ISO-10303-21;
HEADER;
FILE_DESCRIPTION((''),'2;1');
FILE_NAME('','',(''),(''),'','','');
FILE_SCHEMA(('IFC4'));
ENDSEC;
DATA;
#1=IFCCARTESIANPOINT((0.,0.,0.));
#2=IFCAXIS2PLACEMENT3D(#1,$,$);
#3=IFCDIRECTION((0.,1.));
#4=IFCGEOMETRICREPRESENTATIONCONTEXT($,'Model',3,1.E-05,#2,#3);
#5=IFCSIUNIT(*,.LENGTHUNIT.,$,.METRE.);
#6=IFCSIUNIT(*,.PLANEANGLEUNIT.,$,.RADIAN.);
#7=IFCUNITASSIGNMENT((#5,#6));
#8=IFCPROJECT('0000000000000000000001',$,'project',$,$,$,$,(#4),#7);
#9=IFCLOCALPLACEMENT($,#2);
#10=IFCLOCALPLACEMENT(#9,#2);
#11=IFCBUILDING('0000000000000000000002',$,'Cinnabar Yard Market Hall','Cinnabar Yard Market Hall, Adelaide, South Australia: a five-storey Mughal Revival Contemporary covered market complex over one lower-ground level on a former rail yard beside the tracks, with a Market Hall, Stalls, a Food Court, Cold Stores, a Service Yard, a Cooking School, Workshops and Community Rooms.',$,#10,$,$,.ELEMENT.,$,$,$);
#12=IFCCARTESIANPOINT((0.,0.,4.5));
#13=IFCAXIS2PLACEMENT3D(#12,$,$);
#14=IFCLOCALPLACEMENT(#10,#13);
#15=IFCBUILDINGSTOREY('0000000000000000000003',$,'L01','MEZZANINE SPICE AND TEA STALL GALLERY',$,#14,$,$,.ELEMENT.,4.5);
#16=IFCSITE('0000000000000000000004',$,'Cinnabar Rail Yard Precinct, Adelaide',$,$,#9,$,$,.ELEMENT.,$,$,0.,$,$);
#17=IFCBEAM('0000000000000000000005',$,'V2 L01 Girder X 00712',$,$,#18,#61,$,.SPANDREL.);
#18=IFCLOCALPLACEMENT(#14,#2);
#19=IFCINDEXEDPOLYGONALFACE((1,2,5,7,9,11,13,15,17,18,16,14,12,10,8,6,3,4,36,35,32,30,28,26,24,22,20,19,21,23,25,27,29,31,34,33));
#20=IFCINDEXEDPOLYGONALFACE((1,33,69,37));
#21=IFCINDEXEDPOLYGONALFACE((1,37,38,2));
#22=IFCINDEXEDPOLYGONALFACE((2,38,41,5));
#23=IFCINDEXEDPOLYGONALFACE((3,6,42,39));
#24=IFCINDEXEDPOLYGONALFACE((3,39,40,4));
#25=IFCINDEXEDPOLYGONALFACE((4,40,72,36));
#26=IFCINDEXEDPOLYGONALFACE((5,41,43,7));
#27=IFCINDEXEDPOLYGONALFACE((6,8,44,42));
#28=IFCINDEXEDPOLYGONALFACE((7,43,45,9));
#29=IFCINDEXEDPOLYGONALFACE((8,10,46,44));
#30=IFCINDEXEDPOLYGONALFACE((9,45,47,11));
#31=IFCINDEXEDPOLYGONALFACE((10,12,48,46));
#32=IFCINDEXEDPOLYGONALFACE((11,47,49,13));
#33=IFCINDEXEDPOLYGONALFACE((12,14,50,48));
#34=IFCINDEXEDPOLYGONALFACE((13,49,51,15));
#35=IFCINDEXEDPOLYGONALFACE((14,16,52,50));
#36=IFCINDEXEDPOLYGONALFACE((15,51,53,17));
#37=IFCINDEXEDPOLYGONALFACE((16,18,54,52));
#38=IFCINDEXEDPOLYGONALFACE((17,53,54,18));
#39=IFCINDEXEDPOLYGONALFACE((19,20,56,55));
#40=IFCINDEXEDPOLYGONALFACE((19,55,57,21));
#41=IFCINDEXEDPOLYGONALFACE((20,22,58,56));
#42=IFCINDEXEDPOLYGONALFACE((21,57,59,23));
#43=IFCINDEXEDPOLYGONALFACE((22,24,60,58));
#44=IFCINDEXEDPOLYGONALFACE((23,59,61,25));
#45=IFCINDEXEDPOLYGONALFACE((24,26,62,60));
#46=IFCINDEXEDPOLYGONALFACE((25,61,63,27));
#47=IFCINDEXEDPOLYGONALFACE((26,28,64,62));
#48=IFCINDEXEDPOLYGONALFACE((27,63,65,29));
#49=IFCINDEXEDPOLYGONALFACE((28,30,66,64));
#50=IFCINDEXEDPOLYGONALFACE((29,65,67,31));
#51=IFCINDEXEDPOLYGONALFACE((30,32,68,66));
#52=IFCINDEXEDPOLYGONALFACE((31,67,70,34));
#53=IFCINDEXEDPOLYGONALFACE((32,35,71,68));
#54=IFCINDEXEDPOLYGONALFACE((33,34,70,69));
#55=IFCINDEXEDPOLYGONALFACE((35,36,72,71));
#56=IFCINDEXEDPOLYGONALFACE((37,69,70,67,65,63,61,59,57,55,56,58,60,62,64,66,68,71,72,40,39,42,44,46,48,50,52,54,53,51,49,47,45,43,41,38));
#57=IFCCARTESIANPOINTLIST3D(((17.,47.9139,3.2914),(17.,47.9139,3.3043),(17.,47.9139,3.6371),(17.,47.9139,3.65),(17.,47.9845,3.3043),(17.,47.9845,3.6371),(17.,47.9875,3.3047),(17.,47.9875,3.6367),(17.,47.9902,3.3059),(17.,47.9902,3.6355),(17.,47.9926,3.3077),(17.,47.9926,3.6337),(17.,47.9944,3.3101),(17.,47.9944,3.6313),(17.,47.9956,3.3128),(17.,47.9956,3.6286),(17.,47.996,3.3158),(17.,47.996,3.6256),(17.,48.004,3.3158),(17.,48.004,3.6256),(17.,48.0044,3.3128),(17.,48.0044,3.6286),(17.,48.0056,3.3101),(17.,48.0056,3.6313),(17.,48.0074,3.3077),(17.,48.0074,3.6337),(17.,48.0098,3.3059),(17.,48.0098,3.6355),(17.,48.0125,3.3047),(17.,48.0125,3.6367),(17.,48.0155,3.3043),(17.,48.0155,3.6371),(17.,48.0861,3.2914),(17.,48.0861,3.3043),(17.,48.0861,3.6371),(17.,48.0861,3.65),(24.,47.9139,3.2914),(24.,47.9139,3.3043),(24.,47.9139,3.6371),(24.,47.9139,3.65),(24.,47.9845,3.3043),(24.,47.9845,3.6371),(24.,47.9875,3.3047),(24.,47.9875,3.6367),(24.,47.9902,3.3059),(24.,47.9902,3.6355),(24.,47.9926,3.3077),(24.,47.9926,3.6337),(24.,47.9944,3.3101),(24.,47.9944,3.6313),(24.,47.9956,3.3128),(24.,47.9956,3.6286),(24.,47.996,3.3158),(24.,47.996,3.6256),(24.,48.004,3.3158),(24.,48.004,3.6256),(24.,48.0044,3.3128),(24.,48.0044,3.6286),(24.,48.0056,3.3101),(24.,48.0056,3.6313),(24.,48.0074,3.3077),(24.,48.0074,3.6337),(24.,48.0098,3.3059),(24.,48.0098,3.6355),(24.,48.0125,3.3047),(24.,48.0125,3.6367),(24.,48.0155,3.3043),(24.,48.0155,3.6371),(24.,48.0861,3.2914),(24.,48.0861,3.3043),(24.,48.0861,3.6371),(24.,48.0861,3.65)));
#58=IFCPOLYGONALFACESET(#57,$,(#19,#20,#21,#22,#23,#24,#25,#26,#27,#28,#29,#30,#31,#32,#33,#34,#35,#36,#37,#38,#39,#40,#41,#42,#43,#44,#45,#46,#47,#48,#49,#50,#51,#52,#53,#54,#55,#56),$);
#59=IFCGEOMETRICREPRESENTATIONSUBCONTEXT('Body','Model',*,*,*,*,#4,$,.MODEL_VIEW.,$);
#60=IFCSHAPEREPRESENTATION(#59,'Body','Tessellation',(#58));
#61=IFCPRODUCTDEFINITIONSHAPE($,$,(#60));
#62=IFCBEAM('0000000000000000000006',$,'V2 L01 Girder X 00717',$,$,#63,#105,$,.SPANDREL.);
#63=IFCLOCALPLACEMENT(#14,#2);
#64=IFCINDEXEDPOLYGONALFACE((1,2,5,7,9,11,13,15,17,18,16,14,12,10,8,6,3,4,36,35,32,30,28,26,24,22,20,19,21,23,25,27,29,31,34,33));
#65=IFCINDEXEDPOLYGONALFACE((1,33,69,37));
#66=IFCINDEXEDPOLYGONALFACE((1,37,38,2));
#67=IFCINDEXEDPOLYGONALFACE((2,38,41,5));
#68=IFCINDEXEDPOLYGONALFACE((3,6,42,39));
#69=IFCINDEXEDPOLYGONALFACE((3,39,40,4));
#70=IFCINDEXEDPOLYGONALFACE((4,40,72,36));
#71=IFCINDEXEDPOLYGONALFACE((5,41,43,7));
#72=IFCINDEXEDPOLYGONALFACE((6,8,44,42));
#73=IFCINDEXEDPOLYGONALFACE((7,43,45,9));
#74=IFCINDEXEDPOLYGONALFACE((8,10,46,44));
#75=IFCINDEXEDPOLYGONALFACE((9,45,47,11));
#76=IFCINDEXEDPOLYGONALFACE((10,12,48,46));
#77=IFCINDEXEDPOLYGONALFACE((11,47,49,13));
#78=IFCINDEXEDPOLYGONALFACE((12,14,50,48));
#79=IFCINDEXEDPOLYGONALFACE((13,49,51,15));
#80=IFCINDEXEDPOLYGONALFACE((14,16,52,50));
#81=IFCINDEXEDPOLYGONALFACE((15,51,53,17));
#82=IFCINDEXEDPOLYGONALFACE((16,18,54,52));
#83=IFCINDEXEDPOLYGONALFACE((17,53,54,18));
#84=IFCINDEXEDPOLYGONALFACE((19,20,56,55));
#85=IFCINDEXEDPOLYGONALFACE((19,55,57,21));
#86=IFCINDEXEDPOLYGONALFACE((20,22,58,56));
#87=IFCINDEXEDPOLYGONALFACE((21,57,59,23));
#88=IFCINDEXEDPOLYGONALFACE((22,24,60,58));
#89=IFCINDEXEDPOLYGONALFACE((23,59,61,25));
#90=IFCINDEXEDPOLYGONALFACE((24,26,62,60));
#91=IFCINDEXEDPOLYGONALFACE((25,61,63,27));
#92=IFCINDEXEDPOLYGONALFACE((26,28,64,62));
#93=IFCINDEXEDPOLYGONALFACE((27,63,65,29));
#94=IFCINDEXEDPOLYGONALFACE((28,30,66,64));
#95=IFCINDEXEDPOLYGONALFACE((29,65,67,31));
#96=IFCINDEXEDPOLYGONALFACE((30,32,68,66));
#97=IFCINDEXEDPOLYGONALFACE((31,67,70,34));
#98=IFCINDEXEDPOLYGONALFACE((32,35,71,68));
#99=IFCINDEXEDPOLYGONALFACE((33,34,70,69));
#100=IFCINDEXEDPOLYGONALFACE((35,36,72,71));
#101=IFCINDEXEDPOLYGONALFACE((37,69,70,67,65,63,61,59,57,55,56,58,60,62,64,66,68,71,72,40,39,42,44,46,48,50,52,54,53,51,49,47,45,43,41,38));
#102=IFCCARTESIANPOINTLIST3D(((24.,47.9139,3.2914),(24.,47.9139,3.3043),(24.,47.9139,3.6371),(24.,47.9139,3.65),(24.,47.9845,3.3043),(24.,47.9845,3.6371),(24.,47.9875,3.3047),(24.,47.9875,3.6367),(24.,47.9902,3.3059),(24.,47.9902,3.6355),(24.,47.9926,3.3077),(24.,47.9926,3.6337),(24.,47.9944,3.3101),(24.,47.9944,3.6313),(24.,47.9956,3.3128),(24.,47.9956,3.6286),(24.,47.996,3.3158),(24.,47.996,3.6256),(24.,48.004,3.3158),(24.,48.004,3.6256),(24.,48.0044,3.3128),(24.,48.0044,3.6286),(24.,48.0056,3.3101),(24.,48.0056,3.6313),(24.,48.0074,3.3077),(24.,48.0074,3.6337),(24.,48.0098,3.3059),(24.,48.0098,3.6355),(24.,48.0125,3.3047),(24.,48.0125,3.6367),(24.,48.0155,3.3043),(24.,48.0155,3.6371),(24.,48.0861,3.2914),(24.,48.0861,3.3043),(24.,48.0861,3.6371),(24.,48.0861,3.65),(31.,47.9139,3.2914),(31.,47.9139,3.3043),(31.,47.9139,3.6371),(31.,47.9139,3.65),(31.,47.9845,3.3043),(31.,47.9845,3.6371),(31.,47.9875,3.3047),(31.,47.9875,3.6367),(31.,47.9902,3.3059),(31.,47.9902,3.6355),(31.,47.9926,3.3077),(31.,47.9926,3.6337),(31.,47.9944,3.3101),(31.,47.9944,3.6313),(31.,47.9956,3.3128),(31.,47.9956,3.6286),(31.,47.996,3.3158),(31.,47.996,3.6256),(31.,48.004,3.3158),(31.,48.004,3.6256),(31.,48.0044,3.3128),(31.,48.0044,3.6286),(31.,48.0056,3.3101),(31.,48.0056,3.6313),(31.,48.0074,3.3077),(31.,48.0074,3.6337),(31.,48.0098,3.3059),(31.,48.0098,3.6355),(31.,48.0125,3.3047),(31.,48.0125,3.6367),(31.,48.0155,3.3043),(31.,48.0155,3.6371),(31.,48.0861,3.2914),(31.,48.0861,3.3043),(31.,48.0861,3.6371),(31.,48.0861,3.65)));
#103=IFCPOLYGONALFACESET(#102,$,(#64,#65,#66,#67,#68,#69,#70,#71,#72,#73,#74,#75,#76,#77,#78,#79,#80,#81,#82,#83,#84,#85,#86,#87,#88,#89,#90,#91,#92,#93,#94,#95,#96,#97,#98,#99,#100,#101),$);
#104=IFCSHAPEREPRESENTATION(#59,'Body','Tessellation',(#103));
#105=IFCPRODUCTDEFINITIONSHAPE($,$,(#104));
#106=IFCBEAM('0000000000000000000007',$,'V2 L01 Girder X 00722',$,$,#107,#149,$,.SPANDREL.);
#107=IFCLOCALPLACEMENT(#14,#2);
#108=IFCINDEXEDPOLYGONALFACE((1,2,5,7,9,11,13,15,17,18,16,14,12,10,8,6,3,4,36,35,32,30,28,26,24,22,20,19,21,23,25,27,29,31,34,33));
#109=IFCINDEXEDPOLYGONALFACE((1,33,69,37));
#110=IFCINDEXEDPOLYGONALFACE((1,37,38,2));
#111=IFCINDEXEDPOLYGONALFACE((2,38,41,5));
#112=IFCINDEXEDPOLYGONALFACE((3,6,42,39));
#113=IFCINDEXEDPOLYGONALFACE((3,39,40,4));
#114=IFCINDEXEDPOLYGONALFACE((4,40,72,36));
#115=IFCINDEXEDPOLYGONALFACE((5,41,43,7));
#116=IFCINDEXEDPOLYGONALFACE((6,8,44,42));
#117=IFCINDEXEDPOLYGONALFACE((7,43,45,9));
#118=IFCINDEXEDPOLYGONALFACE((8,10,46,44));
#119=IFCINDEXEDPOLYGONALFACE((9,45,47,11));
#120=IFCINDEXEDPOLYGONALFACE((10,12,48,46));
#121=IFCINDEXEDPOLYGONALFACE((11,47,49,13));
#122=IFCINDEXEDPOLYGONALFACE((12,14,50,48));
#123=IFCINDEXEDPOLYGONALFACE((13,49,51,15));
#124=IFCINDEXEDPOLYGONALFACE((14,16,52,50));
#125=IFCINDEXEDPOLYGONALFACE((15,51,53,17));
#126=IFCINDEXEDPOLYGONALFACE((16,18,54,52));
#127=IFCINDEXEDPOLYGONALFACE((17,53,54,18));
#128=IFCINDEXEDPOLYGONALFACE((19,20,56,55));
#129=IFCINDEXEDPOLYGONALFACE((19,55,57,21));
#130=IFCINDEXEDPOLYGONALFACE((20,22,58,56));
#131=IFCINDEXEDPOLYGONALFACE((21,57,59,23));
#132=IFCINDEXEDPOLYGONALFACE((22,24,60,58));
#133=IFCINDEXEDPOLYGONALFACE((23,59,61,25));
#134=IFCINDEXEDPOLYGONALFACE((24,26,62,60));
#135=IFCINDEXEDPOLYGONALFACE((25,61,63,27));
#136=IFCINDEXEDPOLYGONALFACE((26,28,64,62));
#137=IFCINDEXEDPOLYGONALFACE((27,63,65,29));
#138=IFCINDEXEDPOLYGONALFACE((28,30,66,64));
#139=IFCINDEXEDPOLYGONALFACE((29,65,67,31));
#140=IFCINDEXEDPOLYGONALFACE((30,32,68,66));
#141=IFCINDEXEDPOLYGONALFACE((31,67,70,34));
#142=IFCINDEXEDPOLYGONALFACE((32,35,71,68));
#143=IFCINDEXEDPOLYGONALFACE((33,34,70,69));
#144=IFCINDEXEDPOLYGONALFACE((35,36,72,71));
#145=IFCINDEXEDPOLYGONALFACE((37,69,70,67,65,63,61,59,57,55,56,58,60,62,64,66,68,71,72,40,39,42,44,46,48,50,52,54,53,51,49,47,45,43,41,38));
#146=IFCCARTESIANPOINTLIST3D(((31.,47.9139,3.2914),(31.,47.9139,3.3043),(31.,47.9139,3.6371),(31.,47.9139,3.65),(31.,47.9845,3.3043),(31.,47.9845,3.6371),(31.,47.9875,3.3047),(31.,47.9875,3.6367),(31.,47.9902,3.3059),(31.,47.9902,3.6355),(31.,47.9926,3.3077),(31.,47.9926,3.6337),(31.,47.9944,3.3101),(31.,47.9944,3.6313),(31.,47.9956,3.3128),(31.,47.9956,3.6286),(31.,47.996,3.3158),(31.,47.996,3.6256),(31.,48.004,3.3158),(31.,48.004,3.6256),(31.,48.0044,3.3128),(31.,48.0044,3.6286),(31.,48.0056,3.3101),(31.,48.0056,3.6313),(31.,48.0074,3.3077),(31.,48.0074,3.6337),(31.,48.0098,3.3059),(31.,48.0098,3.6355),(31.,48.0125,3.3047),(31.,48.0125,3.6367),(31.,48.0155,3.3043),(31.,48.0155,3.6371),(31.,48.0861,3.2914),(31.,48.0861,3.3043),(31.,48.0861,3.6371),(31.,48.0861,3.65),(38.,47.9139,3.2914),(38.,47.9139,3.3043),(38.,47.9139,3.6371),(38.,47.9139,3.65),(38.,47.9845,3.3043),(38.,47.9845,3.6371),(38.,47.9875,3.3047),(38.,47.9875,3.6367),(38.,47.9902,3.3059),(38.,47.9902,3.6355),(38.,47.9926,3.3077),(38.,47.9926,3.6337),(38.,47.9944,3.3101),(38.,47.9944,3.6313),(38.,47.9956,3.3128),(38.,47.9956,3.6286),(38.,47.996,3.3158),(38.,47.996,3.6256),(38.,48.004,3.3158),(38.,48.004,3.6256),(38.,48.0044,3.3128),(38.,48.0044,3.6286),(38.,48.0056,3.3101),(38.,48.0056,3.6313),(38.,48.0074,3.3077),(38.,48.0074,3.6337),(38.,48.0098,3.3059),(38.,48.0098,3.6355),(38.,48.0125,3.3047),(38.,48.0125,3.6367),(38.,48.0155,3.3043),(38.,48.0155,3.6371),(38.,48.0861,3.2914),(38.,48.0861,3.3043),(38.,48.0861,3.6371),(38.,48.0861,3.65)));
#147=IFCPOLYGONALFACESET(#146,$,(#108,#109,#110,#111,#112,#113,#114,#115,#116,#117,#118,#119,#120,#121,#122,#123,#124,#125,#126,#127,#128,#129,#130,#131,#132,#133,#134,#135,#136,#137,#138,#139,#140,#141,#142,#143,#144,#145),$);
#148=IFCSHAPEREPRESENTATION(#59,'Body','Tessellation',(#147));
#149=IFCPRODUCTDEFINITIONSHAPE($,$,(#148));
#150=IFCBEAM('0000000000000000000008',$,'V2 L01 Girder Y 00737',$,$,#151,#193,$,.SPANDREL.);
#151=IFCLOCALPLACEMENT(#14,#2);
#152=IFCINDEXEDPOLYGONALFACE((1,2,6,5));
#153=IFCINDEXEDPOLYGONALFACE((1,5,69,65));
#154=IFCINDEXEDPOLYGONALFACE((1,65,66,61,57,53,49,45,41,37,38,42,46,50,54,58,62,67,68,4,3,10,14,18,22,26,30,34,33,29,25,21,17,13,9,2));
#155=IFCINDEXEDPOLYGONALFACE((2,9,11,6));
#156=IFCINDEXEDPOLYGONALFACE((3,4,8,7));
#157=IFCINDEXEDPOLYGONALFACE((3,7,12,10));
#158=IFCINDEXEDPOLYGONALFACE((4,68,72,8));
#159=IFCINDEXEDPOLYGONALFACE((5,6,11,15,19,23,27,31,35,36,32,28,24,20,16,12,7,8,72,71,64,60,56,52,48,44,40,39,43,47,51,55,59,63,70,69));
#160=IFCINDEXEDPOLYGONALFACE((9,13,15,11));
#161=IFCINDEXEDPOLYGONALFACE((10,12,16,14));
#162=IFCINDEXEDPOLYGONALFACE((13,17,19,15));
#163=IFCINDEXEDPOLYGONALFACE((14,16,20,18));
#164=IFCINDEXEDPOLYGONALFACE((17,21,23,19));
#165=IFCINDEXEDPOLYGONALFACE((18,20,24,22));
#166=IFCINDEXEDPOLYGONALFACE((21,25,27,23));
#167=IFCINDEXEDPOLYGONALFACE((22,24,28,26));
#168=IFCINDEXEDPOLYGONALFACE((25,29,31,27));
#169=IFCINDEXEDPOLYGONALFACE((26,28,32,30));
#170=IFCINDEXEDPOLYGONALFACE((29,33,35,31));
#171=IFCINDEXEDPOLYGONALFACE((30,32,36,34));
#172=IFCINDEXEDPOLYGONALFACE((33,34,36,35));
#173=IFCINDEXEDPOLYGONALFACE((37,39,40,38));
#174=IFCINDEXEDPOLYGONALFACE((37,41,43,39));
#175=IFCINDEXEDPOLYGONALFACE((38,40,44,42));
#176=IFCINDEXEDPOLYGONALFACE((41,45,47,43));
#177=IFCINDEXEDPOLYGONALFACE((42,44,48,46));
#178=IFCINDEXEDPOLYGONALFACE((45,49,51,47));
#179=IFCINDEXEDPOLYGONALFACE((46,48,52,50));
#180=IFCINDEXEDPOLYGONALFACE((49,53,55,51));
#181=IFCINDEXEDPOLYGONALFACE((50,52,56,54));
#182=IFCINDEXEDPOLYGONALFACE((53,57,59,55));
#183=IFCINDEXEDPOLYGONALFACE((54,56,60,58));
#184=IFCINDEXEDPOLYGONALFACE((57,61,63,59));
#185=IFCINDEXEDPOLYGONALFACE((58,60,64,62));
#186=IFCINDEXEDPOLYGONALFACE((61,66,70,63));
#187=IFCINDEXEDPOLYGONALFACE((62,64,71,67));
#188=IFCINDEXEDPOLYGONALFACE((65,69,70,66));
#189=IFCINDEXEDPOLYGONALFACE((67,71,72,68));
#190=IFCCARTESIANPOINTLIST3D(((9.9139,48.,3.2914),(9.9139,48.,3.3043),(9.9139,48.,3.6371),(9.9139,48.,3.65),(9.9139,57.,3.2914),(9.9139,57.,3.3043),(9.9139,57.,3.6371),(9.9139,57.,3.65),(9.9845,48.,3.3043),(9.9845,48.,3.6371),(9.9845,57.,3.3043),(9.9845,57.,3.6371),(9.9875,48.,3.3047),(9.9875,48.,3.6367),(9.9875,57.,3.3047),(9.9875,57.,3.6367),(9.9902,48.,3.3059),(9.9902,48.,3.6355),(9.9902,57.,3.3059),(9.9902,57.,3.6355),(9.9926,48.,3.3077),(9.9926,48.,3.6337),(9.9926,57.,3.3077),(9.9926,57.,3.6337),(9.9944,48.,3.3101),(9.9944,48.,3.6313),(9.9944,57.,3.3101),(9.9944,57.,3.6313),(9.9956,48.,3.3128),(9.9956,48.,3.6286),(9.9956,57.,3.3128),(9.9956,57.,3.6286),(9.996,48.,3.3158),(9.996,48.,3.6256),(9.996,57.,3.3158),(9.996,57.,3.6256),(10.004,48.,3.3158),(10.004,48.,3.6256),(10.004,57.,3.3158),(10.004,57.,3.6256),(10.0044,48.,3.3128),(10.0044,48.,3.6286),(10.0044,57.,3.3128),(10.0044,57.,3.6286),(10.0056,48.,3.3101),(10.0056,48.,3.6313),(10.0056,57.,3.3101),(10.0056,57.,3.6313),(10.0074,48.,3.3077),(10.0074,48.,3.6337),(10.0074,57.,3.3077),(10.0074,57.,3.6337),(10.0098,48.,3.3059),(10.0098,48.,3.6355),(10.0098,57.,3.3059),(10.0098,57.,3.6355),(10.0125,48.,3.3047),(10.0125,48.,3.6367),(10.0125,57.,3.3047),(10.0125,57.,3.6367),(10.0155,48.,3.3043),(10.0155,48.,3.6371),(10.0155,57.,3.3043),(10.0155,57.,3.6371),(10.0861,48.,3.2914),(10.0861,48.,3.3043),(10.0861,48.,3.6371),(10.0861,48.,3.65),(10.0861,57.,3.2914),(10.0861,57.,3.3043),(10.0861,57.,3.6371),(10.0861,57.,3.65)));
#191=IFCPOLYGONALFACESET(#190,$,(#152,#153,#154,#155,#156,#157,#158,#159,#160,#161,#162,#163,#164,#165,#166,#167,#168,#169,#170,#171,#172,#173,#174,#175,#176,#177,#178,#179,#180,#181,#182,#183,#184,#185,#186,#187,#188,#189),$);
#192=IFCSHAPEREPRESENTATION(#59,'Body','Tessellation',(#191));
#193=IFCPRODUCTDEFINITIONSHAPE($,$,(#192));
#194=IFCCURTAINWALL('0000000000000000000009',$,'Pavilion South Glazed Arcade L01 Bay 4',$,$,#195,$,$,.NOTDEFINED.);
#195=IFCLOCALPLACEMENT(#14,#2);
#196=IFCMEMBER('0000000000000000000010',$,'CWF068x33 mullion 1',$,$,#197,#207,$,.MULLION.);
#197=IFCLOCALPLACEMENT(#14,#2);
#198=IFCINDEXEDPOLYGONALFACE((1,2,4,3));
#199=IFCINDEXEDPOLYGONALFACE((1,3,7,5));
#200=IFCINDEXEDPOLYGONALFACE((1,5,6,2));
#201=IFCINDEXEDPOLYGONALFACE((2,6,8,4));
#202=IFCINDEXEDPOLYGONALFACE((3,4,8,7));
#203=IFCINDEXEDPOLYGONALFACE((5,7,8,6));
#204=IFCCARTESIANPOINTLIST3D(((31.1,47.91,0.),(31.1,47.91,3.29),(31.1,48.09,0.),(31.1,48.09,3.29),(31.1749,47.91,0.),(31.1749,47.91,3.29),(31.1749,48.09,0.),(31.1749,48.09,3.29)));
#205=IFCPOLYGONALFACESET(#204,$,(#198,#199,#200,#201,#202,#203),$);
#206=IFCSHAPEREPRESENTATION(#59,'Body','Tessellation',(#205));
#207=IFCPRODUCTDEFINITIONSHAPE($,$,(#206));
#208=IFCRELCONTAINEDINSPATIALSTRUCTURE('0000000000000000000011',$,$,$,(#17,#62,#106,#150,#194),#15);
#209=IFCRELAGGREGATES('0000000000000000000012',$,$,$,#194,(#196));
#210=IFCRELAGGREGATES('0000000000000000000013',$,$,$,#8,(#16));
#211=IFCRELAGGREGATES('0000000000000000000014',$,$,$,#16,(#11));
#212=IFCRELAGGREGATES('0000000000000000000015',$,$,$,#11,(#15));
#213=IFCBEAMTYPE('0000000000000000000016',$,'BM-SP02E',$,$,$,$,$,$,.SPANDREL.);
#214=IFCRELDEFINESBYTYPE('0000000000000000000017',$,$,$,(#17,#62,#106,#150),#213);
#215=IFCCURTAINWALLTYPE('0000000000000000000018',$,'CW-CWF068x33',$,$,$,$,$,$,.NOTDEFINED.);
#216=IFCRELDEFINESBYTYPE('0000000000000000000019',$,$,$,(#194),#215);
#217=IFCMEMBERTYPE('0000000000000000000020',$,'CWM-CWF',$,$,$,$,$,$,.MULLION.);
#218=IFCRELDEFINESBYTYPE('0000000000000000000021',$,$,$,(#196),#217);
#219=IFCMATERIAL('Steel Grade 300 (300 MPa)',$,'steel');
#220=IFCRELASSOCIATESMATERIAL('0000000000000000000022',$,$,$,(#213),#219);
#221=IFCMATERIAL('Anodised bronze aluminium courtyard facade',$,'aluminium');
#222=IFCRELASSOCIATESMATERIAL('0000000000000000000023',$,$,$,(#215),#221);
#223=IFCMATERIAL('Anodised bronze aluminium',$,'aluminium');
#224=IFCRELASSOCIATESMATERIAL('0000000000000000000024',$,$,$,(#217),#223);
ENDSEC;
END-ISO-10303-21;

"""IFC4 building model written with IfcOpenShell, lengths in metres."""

from ifc_helpers import new_model, si_unit, direction, frame, origin, origin_2d_with_axis, place, context, subcontext, project, spatial, rectangle, i_section, extrude, material, material_profile, profile_set, type_object, element, aggregate, save


model = new_model("IFC4")

# Units and contexts
model_context = context("Model", 3, precision=1e-05, world=origin(), true_north=direction((0.0, 1.0)))
body_context = subcontext(model_context, "Body", "Model", "MODEL_VIEW")
ifc_project = project(units=[si_unit("LENGTHUNIT", "METRE"), si_unit("PLANEANGLEUNIT", "RADIAN")], contexts=[model_context])

# Site, building, storey
site_placement = place(None, origin())
site = spatial("IfcSite", under=ifc_project, at=site_placement, Name="Cinnabar Rail Yard Precinct, Adelaide", CompositionType="ELEMENT", RefElevation=0.0)
building_placement = place(site_placement, origin())
building = spatial("IfcBuilding", under=site, at=building_placement, Name="Cinnabar Yard Market Hall", Description="Cinnabar Yard Market Hall, Adelaide, South Australia: a five-storey Mughal Revival Contemporary covered market complex over one lower-ground level on a former rail yard beside the tracks, with a Market Hall, Stalls, a Food Court, Cold Stores, a Service Yard, a Cooking School, Workshops and Community Rooms.", CompositionType="ELEMENT")
storey_placement = place(building_placement, frame((0.0, 0.0, 4.5)))
storey = spatial("IfcBuildingStorey", under=building, at=storey_placement, Name="L01", Description="MEZZANINE SPICE AND TEA STALL GALLERY", CompositionType="ELEMENT", Elevation=4.5)

# Shared definitions
ifc_material_1 = material(Name="Steel Grade 300 (300 MPa)", Category="steel")

# Beams
ifc_material_profile_1 = material_profile(ifc_material_1, i_section(OverallWidth=0.1721, OverallDepth=0.3586, WebThickness=0.0081, FlangeThickness=0.0129, FilletRadius=0.0115, at=origin_2d_with_axis()), Name="360UB56.7")
ifc_profile_set_1 = profile_set([ifc_material_profile_1], Name="Steel Grade 300 (300 MPa)")
beam_type_1 = type_object("IfcBeamType", Name="BM-SP02E", PredefinedType="SPANDREL", material=ifc_profile_set_1)
for number, where, z_axis, x_axis, name in (
    (1, (17.0, 48.0, 3.4707), (1.0, 0.0, 0.0), (0.0, 1.0, 0.0), "V2 L01 Girder X 00712"),
    (2, (24.0, 48.0, 3.4707), (1.0, 0.0, 0.0), (0.0, 1.0, 0.0), "V2 L01 Girder X 00717"),
    (3, (31.0, 48.0, 3.4707), (1.0, 0.0, 0.0), (0.0, 1.0, 0.0), "V2 L01 Girder X 00722"),
):
    element("IfcBeam", number, at=place(storey_placement, frame(where, z_axis=z_axis, x_axis=x_axis)), inside=storey, type_object=beam_type_1, Name=name, PredefinedType="SPANDREL", context=body_context, shape_type="SweptSolid", body=[
        extrude(i_section(OverallWidth=0.1721, OverallDepth=0.3586, WebThickness=0.0081, FlangeThickness=0.0129, FilletRadius=0.0115, at=origin_2d_with_axis()), origin(), (0.0, 0.0, 1.0), 7.0),
    ])
beam_placement = place(storey_placement, frame((10.0, 48.0, 3.4707), z_axis=(0.0, 1.0, 0.0), x_axis=(-1.0, 0.0, 0.0)))
element("IfcBeam", 4, at=beam_placement, inside=storey, type_object=beam_type_1, Name="V2 L01 Girder Y 00737", PredefinedType="SPANDREL", context=body_context, shape_type="SweptSolid", body=[
    extrude(i_section(OverallWidth=0.1721, OverallDepth=0.3586, WebThickness=0.0081, FlangeThickness=0.0129, FilletRadius=0.0115, at=origin_2d_with_axis()), origin(), (0.0, 0.0, 1.0), 9.0),
])

# Curtain wall, member
ifc_material_2 = material(Name="Anodised bronze aluminium courtyard facade", Category="aluminium")
curtain_wall_type = type_object("IfcCurtainWallType", Name="CW-CWF068x33", PredefinedType="NOTDEFINED", material=ifc_material_2)
curtain_wall_placement = place(storey_placement, origin())
curtain_wall = element("IfcCurtainWall", 5, at=curtain_wall_placement, inside=storey, type_object=curtain_wall_type, Name="Pavilion South Glazed Arcade L01 Bay 4", PredefinedType="NOTDEFINED")
ifc_material_3 = material(Name="Anodised bronze aluminium", Category="aluminium")
ifc_material_profile_2 = material_profile(ifc_material_3, rectangle(XDim=0.1799, YDim=0.075, at=origin_2d_with_axis()), Name="MUL-CWF")
ifc_profile_set_2 = profile_set([ifc_material_profile_2], Name="Anodised bronze aluminium")
member_type_1 = type_object("IfcMemberType", Name="CWM-CWF", PredefinedType="MULLION", material=ifc_profile_set_2)
member_1_placement = place(storey_placement, frame((31.1375, 48.0, 0.0), z_axis=(0.0, 0.0, 1.0), x_axis=(0.0, 1.0, 0.0)))
member_1 = element("IfcMember", 6, at=member_1_placement, type_object=member_type_1, Name="CWF068x33 mullion 1", PredefinedType="MULLION", context=body_context, shape_type="SweptSolid", body=[
    extrude(rectangle(XDim=0.1799, YDim=0.075, at=origin_2d_with_axis()), origin(), (0.0, 0.0, 1.0), 3.29),
])
aggregate(curtain_wall, [member_1])

save(model, "model.ifc")
